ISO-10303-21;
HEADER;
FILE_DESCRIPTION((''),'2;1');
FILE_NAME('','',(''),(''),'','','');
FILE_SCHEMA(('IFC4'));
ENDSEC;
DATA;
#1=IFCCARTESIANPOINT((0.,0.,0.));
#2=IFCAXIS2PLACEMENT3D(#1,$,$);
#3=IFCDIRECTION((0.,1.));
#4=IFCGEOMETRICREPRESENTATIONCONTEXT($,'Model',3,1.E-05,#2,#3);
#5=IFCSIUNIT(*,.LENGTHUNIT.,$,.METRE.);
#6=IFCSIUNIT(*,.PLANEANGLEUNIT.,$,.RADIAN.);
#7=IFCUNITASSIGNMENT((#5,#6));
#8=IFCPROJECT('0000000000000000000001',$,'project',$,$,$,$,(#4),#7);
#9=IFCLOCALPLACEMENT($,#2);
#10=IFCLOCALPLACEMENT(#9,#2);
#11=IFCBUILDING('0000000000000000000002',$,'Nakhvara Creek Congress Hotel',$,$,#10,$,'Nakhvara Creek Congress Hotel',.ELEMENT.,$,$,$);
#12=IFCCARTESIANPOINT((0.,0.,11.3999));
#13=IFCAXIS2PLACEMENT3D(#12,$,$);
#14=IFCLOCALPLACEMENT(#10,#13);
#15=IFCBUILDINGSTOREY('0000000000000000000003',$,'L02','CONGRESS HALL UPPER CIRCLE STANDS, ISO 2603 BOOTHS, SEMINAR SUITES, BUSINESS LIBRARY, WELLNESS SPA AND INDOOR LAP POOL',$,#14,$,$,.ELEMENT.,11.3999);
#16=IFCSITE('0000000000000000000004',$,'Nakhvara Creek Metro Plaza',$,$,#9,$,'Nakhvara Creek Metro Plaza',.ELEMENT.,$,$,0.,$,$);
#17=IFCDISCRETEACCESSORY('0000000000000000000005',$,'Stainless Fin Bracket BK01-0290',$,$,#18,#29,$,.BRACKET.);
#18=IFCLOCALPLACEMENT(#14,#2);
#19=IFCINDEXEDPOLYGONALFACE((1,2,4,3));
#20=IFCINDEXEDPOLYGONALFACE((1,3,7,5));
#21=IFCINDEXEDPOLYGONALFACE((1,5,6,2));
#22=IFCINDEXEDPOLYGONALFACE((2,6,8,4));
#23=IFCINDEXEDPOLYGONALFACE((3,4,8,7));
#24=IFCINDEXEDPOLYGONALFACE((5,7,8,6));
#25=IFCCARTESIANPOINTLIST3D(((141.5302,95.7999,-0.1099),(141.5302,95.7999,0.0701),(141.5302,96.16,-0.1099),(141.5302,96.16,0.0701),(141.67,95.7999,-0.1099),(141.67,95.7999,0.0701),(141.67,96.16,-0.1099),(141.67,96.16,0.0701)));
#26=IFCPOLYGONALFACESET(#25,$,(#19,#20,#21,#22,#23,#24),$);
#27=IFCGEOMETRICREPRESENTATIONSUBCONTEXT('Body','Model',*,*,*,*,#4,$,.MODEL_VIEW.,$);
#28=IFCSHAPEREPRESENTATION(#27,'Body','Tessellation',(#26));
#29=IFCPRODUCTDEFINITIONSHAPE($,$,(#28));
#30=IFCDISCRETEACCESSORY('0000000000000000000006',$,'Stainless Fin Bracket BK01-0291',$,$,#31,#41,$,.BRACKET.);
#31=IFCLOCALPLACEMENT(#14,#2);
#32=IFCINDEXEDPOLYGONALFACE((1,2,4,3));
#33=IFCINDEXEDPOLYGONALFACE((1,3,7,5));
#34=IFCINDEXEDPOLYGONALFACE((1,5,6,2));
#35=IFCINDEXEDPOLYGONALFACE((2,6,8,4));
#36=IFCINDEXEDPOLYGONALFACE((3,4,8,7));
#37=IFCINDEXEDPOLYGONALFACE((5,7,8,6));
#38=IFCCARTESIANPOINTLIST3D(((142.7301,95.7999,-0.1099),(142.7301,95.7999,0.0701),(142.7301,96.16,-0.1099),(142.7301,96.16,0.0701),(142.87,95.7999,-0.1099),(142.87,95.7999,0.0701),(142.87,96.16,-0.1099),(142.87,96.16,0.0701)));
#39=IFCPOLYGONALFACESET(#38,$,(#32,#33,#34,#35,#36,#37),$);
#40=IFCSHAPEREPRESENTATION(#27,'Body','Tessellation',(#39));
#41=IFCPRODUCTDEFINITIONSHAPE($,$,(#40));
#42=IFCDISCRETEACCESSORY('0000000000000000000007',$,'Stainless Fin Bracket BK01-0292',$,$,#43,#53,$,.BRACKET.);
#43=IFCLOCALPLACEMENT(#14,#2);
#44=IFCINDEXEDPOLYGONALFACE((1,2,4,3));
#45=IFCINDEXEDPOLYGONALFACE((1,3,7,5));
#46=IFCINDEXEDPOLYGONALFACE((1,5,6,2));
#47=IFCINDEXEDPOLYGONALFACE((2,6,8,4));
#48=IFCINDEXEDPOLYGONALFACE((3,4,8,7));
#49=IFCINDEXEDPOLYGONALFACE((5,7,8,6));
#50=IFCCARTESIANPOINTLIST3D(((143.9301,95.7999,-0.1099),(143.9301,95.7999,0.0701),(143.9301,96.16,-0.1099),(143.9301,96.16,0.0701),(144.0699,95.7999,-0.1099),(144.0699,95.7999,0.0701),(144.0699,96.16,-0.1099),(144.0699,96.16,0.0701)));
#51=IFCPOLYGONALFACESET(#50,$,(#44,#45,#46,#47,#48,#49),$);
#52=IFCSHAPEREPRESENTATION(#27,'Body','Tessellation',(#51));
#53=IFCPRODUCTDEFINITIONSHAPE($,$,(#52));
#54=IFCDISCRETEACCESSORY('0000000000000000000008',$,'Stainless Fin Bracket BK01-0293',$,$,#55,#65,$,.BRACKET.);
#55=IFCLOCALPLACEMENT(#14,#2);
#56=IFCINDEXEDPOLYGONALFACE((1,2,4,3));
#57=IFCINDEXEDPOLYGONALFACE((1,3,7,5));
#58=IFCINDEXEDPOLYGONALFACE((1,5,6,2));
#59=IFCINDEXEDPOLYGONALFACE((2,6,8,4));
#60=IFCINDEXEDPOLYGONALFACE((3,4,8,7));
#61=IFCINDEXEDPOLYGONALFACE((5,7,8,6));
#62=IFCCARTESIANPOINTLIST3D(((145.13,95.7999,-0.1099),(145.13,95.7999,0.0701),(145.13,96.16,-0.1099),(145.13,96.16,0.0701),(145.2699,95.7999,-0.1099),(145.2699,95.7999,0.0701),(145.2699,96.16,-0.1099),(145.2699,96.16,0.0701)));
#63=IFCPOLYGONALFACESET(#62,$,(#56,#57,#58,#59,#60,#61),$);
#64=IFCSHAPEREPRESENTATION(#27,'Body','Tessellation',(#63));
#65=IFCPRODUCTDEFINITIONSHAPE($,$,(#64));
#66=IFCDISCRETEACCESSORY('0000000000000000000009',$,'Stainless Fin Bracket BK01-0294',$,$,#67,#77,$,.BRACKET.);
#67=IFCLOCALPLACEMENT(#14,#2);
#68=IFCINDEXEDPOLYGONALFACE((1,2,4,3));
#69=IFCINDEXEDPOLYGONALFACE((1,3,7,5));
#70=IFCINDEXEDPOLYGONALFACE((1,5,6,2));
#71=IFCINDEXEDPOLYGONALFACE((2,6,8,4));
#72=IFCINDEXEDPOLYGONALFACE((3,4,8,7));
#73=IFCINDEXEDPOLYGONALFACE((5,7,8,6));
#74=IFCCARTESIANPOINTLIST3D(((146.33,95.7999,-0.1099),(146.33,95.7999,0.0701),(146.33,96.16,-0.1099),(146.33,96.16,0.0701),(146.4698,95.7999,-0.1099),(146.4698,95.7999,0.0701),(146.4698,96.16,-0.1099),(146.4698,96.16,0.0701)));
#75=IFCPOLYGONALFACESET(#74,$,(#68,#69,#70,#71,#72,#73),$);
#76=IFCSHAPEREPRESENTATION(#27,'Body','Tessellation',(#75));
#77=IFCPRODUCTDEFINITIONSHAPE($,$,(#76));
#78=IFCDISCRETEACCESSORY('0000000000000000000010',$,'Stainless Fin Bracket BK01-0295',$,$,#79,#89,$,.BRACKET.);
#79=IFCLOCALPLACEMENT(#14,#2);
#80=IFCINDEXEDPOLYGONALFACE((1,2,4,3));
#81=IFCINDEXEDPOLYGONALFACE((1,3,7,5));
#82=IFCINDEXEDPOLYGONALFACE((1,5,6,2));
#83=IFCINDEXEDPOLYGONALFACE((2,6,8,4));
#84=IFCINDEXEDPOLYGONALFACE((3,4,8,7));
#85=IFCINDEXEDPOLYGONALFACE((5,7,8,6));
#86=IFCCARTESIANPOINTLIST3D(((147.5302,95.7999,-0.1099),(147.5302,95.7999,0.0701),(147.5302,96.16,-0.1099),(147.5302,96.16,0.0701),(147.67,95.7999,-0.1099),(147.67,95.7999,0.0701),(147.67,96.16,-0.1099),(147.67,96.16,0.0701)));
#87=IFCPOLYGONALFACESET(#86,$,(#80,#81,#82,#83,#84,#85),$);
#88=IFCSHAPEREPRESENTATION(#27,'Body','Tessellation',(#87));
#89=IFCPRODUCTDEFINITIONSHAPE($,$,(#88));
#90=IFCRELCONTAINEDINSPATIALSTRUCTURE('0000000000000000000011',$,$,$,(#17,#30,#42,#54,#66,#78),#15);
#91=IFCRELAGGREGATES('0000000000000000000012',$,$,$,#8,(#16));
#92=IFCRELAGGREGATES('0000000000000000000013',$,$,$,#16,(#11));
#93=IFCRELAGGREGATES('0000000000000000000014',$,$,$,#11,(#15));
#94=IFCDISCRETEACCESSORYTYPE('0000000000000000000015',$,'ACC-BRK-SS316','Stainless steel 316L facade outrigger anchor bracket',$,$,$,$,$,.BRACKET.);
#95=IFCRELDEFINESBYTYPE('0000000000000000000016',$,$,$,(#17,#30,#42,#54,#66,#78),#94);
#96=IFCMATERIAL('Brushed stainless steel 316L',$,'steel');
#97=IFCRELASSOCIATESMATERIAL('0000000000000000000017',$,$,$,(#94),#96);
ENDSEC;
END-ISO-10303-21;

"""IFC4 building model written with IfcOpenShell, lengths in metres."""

from ifc_helpers import new_model, si_unit, direction, frame, origin, origin_2d, place, context, subcontext, project, spatial, rectangle, extrude, material, type_object, element, save


model = new_model("IFC4")

# Units and contexts
model_context = context("Model", 3, precision=1e-05, world=origin(), true_north=direction((0.0, 1.0)))
body_context = subcontext(model_context, "Body", "Model", "MODEL_VIEW")
ifc_project = project(units=[si_unit("LENGTHUNIT", "METRE"), si_unit("PLANEANGLEUNIT", "RADIAN")], contexts=[model_context])

# Site, building, storey
site_placement = place(None, origin())
site = spatial("IfcSite", under=ifc_project, at=site_placement, Name="Nakhvara Creek Metro Plaza", LongName="Nakhvara Creek Metro Plaza", CompositionType="ELEMENT", RefElevation=0.0)
building_placement = place(site_placement, origin())
building = spatial("IfcBuilding", under=site, at=building_placement, Name="Nakhvara Creek Congress Hotel", LongName="Nakhvara Creek Congress Hotel", CompositionType="ELEMENT")
storey_placement = place(building_placement, frame((0.0, 0.0, 11.3999)))
storey = spatial("IfcBuildingStorey", under=building, at=storey_placement, Name="L02", Description="CONGRESS HALL UPPER CIRCLE STANDS, ISO 2603 BOOTHS, SEMINAR SUITES, BUSINESS LIBRARY, WELLNESS SPA AND INDOOR LAP POOL", CompositionType="ELEMENT", Elevation=11.3999)

# Shared definitions
ifc_material_1 = material(Name="Brushed stainless steel 316L", Category="steel")

# Discrete accessories
discrete_accessory_type = type_object("IfcDiscreteAccessoryType", Name="ACC-BRK-SS316", Description="Stainless steel 316L facade outrigger anchor bracket", PredefinedType="BRACKET", material=ifc_material_1)
for number, where, z_axis, x_axis, name in (
    (1, (141.6001, 95.98, -0.1099), (0.0, 0.0, 1.0), (1.0, 0.0, 0.0), "Stainless Fin Bracket BK01-0290"),
    (2, (142.8, 95.98, -0.1099), (0.0, 0.0, 1.0), (1.0, 0.0, 0.0), "Stainless Fin Bracket BK01-0291"),
    (3, (144.0, 95.98, -0.1099), (0.0, 0.0, 1.0), (1.0, 0.0, 0.0), "Stainless Fin Bracket BK01-0292"),
    (4, (145.2, 95.98, -0.1099), (0.0, 0.0, 1.0), (1.0, 0.0, 0.0), "Stainless Fin Bracket BK01-0293"),
    (5, (146.3999, 95.98, -0.1099), (0.0, 0.0, 1.0), (1.0, 0.0, 0.0), "Stainless Fin Bracket BK01-0294"),
    (6, (147.6001, 95.98, -0.1099), (0.0, 0.0, 1.0), (1.0, 0.0, 0.0), "Stainless Fin Bracket BK01-0295"),
):
    element("IfcDiscreteAccessory", number, at=place(storey_placement, frame(where, z_axis=z_axis, x_axis=x_axis)), inside=storey, type_object=discrete_accessory_type, Name=name, PredefinedType="BRACKET", context=body_context, shape_type="SweptSolid", body=[
        extrude(rectangle(XDim=0.1399, YDim=0.3601, at=origin_2d()), origin(), (0.0, 0.0, 1.0), 0.1799),
    ])

save(model, "model.ifc")
